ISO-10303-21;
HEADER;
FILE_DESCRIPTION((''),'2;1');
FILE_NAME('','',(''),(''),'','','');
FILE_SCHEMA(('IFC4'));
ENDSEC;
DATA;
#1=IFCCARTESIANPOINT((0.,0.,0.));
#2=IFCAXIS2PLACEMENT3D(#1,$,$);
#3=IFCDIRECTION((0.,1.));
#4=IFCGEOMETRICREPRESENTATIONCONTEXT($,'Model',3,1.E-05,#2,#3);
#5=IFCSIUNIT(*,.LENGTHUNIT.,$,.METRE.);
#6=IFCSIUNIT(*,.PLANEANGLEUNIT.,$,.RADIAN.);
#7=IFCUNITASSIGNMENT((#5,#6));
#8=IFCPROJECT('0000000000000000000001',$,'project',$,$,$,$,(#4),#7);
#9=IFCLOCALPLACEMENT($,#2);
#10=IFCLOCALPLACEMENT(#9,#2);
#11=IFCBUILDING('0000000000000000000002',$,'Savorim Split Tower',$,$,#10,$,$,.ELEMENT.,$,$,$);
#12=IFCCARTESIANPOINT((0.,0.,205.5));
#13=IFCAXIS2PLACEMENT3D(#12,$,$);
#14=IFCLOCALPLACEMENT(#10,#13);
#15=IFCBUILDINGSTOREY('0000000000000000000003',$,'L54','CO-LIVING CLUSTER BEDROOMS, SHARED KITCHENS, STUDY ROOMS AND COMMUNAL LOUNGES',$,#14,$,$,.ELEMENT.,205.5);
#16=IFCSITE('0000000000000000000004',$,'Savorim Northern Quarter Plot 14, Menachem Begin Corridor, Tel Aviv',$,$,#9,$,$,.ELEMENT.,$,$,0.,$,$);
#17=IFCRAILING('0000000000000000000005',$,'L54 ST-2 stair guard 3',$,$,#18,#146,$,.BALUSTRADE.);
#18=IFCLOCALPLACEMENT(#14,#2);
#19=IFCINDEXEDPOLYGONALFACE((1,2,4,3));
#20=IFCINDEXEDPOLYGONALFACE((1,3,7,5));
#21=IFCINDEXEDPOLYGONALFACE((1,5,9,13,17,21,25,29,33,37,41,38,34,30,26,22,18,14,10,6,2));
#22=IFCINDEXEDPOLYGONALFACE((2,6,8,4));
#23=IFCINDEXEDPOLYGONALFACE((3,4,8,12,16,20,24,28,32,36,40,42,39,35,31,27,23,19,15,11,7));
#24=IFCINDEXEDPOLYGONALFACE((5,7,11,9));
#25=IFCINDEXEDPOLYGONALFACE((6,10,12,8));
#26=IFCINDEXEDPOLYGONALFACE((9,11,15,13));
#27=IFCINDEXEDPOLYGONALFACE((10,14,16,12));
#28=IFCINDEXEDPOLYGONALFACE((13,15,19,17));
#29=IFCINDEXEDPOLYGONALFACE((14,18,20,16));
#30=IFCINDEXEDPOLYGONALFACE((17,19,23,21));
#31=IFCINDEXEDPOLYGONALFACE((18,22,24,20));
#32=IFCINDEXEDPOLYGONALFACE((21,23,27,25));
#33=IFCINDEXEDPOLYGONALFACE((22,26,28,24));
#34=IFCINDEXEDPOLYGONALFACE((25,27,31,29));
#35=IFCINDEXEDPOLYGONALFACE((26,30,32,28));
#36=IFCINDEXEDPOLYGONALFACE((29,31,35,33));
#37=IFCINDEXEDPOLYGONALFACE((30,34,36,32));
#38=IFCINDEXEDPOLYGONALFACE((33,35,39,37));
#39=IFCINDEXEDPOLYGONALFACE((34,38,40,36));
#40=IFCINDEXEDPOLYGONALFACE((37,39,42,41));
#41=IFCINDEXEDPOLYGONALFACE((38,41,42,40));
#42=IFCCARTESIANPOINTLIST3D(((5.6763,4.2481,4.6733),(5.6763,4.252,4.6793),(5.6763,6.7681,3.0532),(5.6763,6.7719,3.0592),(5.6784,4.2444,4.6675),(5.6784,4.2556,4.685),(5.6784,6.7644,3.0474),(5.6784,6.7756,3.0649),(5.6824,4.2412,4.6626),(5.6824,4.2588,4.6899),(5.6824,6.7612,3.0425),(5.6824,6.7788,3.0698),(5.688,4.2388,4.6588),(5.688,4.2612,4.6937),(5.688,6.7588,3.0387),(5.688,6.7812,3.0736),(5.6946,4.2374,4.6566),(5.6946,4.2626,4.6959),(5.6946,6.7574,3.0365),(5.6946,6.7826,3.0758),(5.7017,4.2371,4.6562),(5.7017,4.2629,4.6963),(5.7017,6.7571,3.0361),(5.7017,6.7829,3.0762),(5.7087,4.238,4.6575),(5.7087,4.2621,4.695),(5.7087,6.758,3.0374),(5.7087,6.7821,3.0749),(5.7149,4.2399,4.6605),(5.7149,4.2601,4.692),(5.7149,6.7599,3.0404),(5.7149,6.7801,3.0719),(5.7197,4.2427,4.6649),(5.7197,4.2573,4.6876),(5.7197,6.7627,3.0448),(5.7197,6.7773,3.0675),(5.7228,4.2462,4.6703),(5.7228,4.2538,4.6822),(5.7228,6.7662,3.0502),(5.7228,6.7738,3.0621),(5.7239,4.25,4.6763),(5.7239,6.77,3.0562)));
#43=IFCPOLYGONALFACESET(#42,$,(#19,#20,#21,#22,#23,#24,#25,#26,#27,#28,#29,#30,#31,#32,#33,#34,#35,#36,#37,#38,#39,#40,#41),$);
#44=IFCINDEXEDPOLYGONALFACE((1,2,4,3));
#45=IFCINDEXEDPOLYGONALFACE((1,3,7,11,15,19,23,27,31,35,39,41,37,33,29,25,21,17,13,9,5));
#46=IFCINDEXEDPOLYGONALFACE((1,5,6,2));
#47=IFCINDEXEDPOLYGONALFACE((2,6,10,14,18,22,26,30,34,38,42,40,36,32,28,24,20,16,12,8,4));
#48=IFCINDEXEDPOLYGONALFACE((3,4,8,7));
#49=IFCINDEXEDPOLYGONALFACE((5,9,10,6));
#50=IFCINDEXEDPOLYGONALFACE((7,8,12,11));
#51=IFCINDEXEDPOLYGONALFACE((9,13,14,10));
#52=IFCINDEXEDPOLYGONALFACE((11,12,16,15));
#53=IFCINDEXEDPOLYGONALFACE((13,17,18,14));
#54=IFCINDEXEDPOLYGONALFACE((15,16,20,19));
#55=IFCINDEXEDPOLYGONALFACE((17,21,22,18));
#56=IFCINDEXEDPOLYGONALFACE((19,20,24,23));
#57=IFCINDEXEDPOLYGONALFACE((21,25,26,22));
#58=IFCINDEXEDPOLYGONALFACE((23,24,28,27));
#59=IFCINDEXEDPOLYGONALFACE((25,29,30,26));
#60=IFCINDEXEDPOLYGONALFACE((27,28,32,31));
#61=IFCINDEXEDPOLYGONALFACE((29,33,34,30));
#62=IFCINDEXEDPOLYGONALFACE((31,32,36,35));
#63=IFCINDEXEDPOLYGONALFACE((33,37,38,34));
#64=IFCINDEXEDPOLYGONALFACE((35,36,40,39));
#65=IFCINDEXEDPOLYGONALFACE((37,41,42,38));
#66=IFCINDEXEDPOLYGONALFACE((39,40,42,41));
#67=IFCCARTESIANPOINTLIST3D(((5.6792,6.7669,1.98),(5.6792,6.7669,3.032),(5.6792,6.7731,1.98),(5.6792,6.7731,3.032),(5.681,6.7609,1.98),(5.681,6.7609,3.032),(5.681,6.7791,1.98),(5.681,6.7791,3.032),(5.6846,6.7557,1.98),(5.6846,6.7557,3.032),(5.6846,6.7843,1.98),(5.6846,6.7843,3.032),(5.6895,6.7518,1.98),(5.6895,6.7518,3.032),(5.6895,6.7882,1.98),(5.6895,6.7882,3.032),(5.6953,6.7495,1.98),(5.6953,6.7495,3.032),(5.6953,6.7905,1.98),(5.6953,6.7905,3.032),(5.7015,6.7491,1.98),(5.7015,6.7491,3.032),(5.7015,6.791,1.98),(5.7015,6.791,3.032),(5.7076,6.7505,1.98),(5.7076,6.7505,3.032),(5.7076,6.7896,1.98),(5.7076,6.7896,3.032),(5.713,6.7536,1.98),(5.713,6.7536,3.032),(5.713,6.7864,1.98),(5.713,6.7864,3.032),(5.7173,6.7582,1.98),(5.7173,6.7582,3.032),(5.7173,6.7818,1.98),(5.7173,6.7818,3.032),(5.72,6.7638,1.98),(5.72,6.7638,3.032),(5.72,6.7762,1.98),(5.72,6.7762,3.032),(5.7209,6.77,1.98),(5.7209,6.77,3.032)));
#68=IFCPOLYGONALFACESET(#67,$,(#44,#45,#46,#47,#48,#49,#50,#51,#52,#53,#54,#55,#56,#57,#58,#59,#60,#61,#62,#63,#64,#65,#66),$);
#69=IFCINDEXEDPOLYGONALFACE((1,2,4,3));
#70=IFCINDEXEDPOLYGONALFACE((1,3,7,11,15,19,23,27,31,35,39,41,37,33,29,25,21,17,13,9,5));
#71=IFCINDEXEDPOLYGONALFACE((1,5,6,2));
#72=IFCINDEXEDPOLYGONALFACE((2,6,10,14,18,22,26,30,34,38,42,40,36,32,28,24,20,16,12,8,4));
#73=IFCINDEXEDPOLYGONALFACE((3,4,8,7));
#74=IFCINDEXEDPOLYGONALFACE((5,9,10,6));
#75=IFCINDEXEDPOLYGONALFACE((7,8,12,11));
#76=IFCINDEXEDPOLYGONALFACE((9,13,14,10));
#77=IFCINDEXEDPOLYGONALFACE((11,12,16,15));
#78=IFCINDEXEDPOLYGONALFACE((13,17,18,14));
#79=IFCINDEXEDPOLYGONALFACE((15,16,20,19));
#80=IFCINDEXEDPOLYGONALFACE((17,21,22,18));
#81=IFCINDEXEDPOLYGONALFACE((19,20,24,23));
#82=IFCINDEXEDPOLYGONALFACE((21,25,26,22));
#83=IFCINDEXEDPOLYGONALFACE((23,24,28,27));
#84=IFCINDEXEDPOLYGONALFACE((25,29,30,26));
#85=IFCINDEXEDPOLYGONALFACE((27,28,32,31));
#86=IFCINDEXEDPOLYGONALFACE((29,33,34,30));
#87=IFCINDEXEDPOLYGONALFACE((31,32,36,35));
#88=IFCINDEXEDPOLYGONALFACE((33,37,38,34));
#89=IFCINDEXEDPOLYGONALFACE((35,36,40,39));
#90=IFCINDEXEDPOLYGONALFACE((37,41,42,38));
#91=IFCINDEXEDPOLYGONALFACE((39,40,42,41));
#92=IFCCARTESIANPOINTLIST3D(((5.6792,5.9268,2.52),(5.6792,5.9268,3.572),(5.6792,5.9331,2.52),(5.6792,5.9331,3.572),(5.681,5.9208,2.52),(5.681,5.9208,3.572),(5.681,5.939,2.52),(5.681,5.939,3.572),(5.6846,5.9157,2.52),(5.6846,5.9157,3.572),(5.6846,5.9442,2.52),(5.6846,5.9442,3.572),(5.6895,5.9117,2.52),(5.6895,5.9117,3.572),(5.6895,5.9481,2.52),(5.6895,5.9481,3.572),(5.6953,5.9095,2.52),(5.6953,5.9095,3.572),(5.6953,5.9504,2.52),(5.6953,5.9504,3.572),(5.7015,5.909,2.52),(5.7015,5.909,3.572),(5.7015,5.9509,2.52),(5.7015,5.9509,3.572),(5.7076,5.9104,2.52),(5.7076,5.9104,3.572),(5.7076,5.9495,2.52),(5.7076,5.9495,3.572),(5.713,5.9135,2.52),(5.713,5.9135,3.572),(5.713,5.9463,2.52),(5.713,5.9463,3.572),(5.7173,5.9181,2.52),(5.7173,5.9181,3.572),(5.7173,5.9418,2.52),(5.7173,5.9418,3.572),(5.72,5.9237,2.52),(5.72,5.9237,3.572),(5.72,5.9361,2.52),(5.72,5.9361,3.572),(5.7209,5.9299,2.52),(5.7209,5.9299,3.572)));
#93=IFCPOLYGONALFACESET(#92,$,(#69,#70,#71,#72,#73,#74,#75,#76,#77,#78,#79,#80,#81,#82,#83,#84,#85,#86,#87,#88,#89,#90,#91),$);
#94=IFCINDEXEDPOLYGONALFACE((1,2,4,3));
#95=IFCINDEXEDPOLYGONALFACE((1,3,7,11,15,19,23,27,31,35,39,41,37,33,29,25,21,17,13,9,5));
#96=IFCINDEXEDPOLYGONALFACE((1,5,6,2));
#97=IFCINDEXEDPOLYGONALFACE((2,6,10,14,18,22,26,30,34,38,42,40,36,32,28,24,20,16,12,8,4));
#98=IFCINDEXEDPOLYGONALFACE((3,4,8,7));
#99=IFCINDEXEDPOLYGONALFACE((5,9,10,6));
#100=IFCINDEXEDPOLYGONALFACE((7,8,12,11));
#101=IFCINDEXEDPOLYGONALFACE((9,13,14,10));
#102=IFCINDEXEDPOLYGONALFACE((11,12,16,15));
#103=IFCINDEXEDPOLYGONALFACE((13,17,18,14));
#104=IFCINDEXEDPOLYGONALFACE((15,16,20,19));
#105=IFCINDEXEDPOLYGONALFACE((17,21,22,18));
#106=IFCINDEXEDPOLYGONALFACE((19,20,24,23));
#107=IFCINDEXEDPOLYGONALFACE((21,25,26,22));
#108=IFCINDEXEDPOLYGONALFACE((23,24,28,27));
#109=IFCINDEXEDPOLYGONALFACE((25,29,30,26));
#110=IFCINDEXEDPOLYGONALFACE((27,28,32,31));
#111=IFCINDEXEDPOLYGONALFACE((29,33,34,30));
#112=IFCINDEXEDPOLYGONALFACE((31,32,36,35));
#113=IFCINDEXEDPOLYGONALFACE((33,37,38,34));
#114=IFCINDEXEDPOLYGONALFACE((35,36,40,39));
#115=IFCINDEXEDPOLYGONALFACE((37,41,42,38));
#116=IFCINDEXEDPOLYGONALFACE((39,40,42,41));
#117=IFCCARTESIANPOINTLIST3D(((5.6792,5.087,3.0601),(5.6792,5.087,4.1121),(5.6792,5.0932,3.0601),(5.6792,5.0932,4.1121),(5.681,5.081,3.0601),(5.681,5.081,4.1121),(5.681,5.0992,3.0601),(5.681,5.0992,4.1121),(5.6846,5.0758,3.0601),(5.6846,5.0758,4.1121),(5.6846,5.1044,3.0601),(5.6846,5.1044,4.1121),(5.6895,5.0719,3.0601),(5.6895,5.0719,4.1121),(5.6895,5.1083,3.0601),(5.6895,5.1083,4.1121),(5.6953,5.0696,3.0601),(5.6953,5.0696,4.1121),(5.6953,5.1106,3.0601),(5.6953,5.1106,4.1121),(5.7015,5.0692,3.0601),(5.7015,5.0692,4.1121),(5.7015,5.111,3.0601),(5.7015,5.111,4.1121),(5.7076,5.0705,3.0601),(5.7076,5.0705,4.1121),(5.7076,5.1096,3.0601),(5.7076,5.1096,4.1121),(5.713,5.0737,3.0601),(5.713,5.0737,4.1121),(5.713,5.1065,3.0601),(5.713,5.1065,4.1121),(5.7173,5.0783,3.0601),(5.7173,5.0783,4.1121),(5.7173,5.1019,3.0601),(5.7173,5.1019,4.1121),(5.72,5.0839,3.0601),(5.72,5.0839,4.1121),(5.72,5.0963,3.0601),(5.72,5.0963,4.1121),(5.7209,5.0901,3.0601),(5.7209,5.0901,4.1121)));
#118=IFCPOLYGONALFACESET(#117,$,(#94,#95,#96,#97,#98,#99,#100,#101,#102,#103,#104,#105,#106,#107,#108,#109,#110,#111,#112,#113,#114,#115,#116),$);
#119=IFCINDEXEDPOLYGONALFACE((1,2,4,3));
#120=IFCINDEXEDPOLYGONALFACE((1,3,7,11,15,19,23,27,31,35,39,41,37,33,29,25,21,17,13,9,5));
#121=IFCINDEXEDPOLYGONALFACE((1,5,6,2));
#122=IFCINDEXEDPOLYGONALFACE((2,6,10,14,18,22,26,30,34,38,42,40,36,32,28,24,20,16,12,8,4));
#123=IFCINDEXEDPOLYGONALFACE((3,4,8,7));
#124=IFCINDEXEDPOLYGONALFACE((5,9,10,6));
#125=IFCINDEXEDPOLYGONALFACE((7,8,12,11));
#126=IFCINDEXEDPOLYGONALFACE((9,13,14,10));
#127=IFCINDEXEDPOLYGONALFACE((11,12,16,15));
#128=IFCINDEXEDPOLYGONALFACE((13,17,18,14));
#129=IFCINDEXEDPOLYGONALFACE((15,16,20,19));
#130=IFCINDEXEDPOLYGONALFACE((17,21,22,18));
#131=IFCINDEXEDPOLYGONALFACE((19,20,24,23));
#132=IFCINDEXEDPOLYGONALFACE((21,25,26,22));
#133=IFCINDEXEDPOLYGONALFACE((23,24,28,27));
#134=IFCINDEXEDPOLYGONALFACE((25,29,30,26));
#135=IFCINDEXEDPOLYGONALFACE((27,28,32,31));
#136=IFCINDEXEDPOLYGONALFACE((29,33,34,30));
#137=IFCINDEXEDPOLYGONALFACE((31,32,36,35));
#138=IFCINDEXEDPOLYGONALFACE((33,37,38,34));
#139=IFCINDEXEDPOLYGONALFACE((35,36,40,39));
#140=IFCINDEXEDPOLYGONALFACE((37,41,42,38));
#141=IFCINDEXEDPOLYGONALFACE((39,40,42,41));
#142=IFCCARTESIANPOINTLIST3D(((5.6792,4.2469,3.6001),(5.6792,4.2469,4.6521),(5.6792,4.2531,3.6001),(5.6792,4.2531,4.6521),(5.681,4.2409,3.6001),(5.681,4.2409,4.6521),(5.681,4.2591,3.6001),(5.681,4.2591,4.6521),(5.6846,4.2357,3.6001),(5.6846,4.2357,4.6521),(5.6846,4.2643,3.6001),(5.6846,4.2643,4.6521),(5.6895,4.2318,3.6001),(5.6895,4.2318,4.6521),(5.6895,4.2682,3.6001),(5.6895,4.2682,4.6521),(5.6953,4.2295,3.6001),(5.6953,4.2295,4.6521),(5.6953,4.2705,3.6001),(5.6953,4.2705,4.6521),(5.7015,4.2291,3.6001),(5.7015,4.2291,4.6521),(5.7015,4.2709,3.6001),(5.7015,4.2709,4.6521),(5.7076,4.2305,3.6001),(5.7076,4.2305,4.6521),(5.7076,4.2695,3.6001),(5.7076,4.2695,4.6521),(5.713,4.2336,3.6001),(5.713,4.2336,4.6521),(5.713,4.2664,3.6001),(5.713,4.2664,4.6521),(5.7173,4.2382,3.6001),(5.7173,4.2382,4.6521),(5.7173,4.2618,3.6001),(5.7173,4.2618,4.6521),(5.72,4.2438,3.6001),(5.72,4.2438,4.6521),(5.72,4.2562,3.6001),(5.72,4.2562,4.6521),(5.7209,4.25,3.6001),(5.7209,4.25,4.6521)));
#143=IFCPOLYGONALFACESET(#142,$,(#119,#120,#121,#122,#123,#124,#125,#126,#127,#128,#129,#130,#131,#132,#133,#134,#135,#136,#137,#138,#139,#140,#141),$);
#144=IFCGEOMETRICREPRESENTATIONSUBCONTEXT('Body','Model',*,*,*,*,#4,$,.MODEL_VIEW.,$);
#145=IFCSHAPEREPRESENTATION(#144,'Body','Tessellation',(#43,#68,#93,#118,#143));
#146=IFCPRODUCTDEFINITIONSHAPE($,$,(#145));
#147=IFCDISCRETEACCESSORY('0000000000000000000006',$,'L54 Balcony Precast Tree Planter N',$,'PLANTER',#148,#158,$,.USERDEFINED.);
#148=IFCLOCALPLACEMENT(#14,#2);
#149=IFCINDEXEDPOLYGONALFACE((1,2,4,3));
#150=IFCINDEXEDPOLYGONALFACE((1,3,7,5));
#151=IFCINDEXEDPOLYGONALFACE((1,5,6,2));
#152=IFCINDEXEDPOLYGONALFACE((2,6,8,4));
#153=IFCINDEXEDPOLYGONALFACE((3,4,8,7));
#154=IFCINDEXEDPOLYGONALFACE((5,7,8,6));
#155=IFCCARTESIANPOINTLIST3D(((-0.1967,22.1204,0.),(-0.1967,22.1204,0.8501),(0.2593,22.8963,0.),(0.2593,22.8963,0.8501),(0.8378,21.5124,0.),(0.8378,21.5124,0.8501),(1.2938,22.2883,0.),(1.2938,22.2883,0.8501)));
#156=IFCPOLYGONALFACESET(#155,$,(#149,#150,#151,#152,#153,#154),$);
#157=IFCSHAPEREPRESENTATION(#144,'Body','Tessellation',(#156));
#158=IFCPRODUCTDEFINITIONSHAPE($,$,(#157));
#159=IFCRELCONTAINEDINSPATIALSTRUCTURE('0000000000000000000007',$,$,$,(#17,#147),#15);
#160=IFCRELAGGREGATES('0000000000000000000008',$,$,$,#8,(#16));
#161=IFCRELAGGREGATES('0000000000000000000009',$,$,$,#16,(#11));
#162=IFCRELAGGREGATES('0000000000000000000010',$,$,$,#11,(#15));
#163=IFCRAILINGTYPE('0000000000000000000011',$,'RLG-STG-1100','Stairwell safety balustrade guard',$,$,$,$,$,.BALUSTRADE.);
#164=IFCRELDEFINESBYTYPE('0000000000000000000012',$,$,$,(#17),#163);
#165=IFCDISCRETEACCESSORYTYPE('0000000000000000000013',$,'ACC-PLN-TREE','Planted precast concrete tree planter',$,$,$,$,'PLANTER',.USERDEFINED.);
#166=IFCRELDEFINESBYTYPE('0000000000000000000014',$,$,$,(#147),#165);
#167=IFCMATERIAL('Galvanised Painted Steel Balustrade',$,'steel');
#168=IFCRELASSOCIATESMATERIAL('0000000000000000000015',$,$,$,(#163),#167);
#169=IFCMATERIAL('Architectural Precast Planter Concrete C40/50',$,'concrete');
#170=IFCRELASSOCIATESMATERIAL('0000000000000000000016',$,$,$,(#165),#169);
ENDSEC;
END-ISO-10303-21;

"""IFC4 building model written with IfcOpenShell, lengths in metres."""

from ifc_helpers import new_model, si_unit, direction, frame, origin, origin_2d, place, context, subcontext, project, spatial, rectangle, circle, extrude, material, type_object, element, save


model = new_model("IFC4")

# Units and contexts
model_context = context("Model", 3, precision=1e-05, world=origin(), true_north=direction((0.0, 1.0)))
body_context = subcontext(model_context, "Body", "Model", "MODEL_VIEW")
ifc_project = project(units=[si_unit("LENGTHUNIT", "METRE"), si_unit("PLANEANGLEUNIT", "RADIAN")], contexts=[model_context])

# Site, building, storey
site_placement = place(None, origin())
site = spatial("IfcSite", under=ifc_project, at=site_placement, Name="Savorim Northern Quarter Plot 14, Menachem Begin Corridor, Tel Aviv", CompositionType="ELEMENT", RefElevation=0.0)
building_placement = place(site_placement, origin())
building = spatial("IfcBuilding", under=site, at=building_placement, Name="Savorim Split Tower", CompositionType="ELEMENT")
storey_placement = place(building_placement, frame((0.0, 0.0, 205.5)))
storey = spatial("IfcBuildingStorey", under=building, at=storey_placement, Name="L54", Description="CO-LIVING CLUSTER BEDROOMS, SHARED KITCHENS, STUDY ROOMS AND COMMUNAL LOUNGES", CompositionType="ELEMENT", Elevation=205.5)

# Railing
ifc_material_1 = material(Name="Galvanised Painted Steel Balustrade", Category="steel")
railing_type_1 = type_object("IfcRailingType", Name="RLG-STG-1100", Description="Stairwell safety balustrade guard", PredefinedType="BALUSTRADE", material=ifc_material_1)
railing_1_placement = place(storey_placement, frame((5.7, 6.77, 1.98)))
element("IfcRailing", 1, at=railing_1_placement, inside=storey, type_object=railing_type_1, Name="L54 ST-2 stair guard 3", PredefinedType="BALUSTRADE", context=body_context, shape_type="SweptSolid", body=[
    extrude(circle(Radius=0.0239, at=origin_2d()), frame((0.0, 0.0, 1.0762), z_axis=(0.0, -0.841163, 0.540782), x_axis=(1.0, 0.0, 0.0)), (0.0, 0.0, 1.0), 2.9958),
    extrude(circle(Radius=0.021, at=origin_2d()), origin(), (0.0, 0.0, 1.0), 1.052),
    extrude(circle(Radius=0.021, at=origin_2d()), frame((0.0, -0.8401, 0.54)), (0.0, 0.0, 1.0), 1.052),
    extrude(circle(Radius=0.021, at=origin_2d()), frame((0.0, -1.6799, 1.0801)), (0.0, 0.0, 1.0), 1.052),
    extrude(circle(Radius=0.021, at=origin_2d()), frame((0.0, -2.52, 1.6201)), (0.0, 0.0, 1.0), 1.052),
])

# Discrete accessory
ifc_material_2 = material(Name="Architectural Precast Planter Concrete C40/50", Category="concrete")
discrete_accessory_type = type_object("IfcDiscreteAccessoryType", Name="ACC-PLN-TREE", Description="Planted precast concrete tree planter", ElementType="PLANTER", PredefinedType="USERDEFINED", material=ifc_material_2)
discrete_accessory_placement = place(storey_placement, frame((0.5486, 22.2043, 0.0), z_axis=(0.0, 0.0, 1.0), x_axis=(-0.862125, 0.506696, 0.0)))
element("IfcDiscreteAccessory", 2, at=discrete_accessory_placement, inside=storey, type_object=discrete_accessory_type, Name="L54 Balcony Precast Tree Planter N", ObjectType="PLANTER", PredefinedType="USERDEFINED", context=body_context, shape_type="SweptSolid", body=[
    extrude(rectangle(XDim=1.2, YDim=0.8999, at=origin_2d()), origin(), (0.0, 0.0, 1.0), 0.8501),
])

save(model, "model.ifc")
